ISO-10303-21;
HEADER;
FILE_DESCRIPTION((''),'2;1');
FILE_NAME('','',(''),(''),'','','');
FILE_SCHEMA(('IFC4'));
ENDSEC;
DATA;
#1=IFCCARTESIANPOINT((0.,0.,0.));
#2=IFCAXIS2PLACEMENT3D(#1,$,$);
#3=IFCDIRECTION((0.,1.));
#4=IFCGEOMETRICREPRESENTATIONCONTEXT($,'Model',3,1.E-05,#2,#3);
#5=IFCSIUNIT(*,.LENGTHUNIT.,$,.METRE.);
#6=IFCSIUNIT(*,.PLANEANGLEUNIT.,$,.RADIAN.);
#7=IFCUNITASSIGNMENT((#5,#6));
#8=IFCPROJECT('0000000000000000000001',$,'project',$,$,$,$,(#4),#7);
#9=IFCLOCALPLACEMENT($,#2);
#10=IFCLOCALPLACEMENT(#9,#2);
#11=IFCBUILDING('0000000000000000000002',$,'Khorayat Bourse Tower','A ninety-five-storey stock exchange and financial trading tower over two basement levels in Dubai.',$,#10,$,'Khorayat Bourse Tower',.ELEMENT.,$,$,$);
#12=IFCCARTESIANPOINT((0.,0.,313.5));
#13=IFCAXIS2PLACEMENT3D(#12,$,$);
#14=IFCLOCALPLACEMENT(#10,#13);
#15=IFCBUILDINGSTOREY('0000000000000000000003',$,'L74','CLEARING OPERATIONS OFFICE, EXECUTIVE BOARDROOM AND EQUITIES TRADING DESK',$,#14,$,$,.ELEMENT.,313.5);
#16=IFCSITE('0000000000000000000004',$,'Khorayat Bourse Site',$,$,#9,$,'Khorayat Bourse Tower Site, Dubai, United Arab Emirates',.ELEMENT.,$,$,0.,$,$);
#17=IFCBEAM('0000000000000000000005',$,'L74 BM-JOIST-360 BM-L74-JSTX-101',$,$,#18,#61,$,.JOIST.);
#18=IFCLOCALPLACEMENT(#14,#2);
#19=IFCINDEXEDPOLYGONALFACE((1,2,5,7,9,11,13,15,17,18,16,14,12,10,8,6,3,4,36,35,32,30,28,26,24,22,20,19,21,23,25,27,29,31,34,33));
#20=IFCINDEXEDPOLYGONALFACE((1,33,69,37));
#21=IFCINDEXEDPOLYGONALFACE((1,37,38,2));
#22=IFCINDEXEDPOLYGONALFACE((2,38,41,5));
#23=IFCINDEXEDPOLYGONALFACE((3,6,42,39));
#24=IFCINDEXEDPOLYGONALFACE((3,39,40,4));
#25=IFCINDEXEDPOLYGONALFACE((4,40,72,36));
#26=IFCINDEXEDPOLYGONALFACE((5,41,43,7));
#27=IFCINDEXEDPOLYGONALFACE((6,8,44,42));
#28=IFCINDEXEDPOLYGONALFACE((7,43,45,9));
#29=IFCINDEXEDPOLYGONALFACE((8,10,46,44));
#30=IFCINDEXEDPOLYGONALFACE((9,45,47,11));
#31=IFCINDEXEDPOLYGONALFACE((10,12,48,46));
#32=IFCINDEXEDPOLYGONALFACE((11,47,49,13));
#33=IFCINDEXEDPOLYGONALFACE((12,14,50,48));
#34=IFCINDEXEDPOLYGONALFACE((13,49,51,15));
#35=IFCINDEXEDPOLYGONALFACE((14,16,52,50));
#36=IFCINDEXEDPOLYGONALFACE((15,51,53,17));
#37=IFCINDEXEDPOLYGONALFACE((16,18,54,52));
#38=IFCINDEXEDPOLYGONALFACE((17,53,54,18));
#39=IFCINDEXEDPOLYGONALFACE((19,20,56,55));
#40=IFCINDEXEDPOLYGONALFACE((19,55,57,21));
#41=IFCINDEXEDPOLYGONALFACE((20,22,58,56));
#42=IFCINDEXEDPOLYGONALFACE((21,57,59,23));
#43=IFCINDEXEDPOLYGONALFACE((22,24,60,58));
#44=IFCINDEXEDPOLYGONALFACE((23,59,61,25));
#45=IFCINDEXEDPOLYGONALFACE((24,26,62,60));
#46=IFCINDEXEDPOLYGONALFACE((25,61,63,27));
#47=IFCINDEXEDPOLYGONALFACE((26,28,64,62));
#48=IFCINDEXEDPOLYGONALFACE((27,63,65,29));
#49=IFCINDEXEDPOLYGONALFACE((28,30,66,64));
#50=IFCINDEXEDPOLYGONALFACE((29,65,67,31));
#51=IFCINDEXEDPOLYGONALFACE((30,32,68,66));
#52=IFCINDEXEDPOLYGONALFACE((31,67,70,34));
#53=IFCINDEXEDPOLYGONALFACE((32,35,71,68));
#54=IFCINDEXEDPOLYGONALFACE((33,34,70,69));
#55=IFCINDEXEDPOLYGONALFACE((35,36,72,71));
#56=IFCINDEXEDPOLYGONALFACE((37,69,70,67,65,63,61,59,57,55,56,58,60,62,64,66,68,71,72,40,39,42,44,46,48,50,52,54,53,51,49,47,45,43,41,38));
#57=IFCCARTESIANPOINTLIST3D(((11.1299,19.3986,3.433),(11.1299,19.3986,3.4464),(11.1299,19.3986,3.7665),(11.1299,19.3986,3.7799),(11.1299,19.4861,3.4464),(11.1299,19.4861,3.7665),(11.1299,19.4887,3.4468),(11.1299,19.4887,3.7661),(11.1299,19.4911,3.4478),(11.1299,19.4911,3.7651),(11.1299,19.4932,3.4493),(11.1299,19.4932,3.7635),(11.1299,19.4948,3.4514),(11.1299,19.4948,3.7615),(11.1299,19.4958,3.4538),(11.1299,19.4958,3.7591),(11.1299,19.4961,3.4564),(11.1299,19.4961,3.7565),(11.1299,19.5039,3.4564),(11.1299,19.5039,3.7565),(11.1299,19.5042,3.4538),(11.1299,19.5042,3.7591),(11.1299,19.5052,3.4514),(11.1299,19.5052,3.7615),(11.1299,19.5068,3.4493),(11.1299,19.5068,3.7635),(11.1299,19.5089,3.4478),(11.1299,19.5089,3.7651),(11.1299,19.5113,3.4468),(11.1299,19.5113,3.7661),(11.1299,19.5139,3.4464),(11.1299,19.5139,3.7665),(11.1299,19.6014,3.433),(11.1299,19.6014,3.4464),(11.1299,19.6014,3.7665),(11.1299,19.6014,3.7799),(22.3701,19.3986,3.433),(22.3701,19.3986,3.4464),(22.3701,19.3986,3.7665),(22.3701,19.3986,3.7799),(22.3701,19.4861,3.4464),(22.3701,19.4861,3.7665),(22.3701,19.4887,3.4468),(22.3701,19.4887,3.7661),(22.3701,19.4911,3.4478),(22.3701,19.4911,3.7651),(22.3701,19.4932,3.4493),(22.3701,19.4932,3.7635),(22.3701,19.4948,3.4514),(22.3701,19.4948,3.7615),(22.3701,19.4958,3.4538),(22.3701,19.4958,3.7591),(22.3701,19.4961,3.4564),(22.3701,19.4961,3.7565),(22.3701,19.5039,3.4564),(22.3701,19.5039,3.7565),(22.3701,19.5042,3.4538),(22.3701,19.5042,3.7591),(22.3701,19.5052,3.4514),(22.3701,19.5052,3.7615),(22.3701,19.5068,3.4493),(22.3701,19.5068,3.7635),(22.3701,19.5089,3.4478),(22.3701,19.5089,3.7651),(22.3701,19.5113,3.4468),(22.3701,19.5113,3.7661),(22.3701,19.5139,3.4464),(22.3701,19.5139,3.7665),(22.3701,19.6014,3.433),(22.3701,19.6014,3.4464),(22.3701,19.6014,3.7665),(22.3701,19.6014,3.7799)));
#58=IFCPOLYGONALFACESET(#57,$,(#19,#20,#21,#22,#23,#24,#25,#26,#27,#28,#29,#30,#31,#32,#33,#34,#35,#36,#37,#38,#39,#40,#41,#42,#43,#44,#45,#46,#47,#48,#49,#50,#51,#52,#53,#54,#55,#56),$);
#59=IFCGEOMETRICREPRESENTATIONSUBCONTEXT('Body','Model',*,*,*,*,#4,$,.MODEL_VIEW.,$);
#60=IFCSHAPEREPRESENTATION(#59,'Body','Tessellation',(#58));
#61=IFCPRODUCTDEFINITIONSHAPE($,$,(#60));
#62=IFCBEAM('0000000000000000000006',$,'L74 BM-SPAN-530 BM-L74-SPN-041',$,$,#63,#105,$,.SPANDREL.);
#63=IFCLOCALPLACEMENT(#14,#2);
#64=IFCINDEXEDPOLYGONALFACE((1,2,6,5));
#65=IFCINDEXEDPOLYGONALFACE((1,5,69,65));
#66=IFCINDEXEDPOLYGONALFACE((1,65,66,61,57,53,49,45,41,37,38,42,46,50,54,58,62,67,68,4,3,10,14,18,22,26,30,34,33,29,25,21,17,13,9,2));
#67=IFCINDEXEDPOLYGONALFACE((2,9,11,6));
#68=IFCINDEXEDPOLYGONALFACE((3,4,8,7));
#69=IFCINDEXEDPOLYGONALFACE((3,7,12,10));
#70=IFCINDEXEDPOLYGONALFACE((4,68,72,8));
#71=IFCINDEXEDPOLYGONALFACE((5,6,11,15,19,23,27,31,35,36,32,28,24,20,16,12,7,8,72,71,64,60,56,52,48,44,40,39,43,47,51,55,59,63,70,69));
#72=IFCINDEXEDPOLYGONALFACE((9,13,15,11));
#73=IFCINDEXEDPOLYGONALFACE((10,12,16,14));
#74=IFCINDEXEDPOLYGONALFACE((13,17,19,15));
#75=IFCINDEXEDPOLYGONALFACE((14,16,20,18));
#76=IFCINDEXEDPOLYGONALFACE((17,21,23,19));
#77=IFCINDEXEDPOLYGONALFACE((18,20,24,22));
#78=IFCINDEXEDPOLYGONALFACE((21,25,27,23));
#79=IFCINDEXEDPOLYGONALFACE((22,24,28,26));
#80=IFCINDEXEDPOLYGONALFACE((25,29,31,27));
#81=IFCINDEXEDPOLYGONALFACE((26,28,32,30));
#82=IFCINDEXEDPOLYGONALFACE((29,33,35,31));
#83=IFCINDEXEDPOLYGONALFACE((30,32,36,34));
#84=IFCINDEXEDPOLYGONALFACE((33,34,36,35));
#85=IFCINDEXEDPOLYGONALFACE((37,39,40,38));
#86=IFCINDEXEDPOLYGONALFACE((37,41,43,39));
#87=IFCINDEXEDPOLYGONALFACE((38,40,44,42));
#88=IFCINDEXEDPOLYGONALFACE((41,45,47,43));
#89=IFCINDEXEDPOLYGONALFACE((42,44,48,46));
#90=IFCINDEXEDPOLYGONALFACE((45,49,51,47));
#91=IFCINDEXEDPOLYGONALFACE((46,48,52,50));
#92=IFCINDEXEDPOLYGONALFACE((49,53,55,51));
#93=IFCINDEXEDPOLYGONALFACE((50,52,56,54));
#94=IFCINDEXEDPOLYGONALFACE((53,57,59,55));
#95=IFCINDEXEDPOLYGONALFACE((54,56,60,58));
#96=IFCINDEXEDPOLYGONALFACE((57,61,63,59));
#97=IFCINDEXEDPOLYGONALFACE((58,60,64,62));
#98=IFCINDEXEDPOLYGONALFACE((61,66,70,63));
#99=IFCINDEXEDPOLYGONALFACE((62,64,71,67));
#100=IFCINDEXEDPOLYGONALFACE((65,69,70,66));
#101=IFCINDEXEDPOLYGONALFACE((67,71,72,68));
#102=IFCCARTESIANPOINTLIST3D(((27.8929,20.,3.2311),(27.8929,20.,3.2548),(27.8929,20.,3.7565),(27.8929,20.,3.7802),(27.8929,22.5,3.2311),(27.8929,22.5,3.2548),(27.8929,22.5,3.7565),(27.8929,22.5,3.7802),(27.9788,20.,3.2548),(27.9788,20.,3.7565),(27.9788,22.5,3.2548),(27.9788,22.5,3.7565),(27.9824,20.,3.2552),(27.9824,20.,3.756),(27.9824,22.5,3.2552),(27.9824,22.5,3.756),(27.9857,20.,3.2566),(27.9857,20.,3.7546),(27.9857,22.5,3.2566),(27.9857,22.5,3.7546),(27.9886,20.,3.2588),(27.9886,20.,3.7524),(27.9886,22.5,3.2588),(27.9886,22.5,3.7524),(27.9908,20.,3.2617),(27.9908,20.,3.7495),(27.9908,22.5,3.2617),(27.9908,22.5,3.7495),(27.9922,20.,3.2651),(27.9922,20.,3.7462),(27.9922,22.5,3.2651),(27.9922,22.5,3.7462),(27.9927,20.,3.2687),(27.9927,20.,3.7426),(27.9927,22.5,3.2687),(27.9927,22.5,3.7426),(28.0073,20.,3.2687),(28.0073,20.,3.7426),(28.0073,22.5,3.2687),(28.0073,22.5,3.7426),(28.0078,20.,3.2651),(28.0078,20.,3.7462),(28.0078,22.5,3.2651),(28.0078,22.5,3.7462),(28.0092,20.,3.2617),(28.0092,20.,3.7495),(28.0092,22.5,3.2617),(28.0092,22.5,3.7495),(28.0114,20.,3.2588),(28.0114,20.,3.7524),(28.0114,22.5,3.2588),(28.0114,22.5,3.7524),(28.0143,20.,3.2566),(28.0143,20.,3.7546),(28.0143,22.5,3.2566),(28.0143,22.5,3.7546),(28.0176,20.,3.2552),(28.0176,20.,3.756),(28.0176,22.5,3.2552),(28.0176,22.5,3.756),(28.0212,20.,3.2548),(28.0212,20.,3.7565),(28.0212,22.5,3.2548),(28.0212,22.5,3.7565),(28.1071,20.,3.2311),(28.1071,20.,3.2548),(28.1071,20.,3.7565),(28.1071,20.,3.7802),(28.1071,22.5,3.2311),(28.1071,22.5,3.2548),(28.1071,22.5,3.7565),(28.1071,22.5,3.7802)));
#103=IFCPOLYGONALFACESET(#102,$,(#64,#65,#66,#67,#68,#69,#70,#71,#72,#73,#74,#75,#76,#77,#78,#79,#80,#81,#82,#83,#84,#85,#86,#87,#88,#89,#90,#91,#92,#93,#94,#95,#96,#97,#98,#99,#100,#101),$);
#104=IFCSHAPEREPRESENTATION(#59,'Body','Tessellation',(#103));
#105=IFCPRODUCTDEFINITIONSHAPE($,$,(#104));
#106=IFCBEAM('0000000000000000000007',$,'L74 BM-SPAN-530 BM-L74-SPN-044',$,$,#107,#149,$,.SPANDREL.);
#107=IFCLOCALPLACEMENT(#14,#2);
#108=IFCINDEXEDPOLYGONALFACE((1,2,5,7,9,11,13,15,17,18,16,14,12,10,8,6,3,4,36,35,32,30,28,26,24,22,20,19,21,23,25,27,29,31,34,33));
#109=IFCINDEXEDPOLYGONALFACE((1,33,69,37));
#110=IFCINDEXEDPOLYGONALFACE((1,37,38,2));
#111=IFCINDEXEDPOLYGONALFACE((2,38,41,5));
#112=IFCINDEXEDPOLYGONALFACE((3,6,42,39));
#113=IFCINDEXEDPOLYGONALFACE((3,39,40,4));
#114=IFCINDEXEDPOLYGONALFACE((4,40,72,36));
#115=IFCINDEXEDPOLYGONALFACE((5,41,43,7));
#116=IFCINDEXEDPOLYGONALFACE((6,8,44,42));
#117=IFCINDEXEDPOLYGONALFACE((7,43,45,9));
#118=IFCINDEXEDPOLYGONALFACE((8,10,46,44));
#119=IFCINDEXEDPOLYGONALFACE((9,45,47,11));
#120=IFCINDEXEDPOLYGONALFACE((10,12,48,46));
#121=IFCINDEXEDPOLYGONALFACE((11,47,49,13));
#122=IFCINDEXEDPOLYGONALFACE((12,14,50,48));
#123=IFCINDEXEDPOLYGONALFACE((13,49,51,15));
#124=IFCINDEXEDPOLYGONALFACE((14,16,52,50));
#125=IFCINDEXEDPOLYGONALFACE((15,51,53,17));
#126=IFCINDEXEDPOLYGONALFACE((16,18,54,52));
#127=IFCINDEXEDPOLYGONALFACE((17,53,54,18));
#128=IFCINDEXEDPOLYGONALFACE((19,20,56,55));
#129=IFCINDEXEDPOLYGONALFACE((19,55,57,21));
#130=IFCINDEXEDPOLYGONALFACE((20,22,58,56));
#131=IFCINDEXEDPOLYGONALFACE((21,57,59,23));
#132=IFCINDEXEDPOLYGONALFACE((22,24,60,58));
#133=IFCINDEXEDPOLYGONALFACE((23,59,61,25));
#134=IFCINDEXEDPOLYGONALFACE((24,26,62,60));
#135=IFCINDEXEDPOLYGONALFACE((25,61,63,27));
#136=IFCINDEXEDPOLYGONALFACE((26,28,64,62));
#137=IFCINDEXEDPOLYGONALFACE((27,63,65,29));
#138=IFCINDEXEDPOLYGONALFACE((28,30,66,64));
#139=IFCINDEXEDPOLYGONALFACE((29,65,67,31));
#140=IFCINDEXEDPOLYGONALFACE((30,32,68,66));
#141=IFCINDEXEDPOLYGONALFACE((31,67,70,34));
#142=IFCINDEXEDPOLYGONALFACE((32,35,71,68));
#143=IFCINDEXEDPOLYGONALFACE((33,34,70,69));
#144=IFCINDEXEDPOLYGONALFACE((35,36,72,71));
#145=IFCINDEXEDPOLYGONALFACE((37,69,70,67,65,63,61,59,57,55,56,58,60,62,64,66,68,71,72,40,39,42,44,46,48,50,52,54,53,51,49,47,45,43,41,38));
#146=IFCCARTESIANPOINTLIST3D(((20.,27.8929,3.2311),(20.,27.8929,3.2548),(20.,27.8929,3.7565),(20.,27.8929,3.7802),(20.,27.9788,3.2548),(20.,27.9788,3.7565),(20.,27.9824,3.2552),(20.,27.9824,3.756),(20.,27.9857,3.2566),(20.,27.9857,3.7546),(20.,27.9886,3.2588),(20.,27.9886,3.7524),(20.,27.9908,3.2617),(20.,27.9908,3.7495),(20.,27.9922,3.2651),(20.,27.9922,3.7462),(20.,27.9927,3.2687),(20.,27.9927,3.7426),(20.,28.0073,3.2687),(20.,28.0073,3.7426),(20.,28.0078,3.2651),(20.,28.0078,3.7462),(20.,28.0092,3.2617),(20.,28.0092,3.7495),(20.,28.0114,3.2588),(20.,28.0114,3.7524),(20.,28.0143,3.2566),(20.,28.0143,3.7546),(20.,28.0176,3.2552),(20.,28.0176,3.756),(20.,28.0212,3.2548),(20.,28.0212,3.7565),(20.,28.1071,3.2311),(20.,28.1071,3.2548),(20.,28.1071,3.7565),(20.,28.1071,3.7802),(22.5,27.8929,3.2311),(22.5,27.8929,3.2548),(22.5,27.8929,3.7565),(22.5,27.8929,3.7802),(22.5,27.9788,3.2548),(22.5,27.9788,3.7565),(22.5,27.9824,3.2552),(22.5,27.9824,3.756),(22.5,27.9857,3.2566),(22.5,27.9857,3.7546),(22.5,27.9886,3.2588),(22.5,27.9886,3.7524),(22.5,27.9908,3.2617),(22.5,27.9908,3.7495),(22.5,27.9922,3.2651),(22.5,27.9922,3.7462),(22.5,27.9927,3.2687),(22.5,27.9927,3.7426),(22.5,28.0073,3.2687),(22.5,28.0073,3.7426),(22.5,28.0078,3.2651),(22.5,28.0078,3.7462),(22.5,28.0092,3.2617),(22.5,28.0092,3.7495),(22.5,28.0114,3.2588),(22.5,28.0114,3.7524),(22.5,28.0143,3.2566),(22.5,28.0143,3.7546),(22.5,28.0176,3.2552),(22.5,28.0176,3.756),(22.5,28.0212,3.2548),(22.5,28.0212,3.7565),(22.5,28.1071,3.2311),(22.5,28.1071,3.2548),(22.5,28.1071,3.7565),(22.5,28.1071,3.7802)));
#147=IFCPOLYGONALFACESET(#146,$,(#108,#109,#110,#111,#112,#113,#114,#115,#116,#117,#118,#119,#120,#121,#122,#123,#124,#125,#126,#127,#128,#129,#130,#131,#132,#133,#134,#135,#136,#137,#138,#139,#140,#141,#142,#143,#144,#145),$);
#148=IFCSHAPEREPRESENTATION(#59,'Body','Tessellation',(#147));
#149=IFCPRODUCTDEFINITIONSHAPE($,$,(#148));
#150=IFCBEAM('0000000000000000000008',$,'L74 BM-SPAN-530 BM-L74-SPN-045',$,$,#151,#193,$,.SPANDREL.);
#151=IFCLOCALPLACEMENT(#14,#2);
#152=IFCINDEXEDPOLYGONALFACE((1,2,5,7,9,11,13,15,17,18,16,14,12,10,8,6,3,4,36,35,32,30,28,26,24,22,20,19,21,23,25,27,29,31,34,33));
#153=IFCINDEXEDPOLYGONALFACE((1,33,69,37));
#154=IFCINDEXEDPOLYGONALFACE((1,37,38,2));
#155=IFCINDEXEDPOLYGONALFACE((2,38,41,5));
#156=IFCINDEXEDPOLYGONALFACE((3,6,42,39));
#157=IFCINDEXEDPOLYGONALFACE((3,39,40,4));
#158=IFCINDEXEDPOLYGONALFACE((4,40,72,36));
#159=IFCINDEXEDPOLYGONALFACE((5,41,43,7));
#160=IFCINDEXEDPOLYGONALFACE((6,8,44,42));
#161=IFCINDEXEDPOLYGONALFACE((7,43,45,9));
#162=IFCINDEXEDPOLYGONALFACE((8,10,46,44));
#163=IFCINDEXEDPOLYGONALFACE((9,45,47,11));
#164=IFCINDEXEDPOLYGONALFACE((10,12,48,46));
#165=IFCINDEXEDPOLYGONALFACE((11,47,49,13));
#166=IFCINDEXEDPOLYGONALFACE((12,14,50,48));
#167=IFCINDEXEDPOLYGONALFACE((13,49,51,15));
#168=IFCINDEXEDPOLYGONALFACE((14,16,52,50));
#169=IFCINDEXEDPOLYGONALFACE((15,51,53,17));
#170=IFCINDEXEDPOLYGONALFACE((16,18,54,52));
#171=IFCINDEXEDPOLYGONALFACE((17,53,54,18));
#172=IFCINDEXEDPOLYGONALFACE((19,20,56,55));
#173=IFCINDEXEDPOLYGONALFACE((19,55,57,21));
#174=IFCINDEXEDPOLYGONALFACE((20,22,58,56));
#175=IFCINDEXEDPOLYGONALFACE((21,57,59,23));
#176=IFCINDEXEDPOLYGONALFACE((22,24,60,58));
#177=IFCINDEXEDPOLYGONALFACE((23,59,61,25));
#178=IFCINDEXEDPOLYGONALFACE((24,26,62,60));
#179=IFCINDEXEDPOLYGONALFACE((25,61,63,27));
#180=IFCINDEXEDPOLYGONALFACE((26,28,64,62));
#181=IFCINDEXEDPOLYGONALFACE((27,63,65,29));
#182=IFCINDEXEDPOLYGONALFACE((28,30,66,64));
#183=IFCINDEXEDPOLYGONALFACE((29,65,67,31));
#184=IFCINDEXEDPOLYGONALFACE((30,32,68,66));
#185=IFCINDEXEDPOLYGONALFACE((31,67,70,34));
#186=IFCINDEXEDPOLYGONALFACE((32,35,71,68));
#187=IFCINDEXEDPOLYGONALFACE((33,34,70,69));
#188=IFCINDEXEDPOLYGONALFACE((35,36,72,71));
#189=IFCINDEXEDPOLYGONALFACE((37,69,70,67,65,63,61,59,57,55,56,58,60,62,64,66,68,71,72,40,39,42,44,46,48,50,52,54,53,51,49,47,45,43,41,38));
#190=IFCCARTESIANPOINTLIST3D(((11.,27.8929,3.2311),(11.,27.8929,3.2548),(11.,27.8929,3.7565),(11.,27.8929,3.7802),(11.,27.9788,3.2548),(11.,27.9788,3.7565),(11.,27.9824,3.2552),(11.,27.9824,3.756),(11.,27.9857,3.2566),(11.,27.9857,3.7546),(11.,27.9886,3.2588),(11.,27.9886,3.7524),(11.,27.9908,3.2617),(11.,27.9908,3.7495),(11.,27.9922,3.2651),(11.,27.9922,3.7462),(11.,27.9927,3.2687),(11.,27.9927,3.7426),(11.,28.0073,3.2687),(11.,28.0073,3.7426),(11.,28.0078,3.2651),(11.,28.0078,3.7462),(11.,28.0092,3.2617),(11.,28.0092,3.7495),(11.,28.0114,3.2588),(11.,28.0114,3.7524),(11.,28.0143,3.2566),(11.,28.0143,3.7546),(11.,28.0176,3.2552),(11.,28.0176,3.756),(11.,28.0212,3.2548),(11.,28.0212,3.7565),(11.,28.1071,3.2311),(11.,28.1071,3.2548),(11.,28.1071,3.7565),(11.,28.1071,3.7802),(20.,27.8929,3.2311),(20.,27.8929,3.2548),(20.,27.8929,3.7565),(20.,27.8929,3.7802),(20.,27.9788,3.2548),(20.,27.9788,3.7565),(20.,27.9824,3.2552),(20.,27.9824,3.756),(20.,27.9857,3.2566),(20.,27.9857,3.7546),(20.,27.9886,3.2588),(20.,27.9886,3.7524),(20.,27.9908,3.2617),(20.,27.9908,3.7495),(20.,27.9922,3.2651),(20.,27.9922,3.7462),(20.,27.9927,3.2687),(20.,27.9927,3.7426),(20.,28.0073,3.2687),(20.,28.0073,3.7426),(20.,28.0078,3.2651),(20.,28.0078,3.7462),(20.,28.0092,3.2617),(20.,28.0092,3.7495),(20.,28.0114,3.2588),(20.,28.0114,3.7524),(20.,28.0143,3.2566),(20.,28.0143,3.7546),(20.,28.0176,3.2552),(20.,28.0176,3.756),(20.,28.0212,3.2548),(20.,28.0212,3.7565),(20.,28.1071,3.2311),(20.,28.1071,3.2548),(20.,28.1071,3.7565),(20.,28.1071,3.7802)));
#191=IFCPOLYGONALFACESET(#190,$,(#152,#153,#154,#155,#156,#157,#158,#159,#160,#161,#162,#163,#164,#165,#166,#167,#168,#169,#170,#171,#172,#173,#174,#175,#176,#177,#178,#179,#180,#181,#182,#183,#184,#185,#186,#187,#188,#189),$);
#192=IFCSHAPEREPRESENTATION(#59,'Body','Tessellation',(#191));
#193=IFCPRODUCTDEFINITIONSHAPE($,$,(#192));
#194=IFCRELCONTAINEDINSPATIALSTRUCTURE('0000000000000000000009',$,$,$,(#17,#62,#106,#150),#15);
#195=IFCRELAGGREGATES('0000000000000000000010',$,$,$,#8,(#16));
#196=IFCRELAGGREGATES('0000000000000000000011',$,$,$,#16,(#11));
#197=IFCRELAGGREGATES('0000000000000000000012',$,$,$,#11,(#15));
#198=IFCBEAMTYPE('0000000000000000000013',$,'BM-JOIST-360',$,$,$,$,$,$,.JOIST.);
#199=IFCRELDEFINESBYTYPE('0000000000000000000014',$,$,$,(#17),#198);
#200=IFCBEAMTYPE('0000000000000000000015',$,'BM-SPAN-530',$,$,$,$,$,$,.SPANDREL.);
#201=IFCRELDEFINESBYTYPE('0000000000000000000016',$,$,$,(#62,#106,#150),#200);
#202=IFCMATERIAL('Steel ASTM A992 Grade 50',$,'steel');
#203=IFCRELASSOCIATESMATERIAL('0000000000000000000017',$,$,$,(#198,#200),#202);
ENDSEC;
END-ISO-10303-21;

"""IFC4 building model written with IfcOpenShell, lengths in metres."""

from ifc_helpers import new_model, si_unit, direction, frame, origin, origin_2d, place, context, subcontext, project, spatial, i_section, extrude, source, transform, mapped, material, material_profile, profile_set, type_object, element, save


model = new_model("IFC4")

# Units and contexts
model_context = context("Model", 3, precision=1e-05, world=origin(), true_north=direction((0.0, 1.0)))
body_context = subcontext(model_context, "Body", "Model", "MODEL_VIEW")
ifc_project = project(units=[si_unit("LENGTHUNIT", "METRE"), si_unit("PLANEANGLEUNIT", "RADIAN")], contexts=[model_context])

# Site, building, storey
site_placement = place(None, origin())
site = spatial("IfcSite", under=ifc_project, at=site_placement, Name="Khorayat Bourse Site", LongName="Khorayat Bourse Tower Site, Dubai, United Arab Emirates", CompositionType="ELEMENT", RefElevation=0.0)
building_placement = place(site_placement, origin())
building = spatial("IfcBuilding", under=site, at=building_placement, Name="Khorayat Bourse Tower", Description="A ninety-five-storey stock exchange and financial trading tower over two basement levels in Dubai.", LongName="Khorayat Bourse Tower", CompositionType="ELEMENT")
storey_placement = place(building_placement, frame((0.0, 0.0, 313.5)))
storey = spatial("IfcBuildingStorey", under=building, at=storey_placement, Name="L74", Description="CLEARING OPERATIONS OFFICE, EXECUTIVE BOARDROOM AND EQUITIES TRADING DESK", CompositionType="ELEMENT", Elevation=313.5)

# Beams
ifc_material_1 = material(Name="Steel ASTM A992 Grade 50", Category="steel")
ifc_material_profile_1 = material_profile(ifc_material_1, i_section(OverallWidth=0.2029, OverallDepth=0.3469, WebThickness=0.0078, FlangeThickness=0.0134, FilletRadius=0.01, at=origin_2d()), Name="W360X64")
ifc_profile_set_1 = profile_set([ifc_material_profile_1], Name="Steel ASTM A992 Grade 50")
beam_type_1 = type_object("IfcBeamType", Name="BM-JOIST-360", PredefinedType="JOIST", material=ifc_profile_set_1)
shared_shape_1 = source(origin(), body_context, "Body", "SweptSolid", [
    extrude(i_section(OverallWidth=0.2029, OverallDepth=0.3469, WebThickness=0.0078, FlangeThickness=0.0134, FilletRadius=0.01, at=origin_2d()), origin(), (0.0, 0.0, 1.0), 11.2402),
])
beam_1_placement = place(storey_placement, frame((11.1299, 19.5, 3.6064), z_axis=(1.0, 0.0, 0.0), x_axis=(0.0, 1.0, 0.0)))
element("IfcBeam", 1, at=beam_1_placement, inside=storey, type_object=beam_type_1, Name="L74 BM-JOIST-360 BM-L74-JSTX-101", PredefinedType="JOIST", context=body_context, shape_type="MappedRepresentation", body=[
    mapped(shared_shape_1, transform((0.0, 0.0, 0.0), scale=1.0)),
])
ifc_material_profile_2 = material_profile(ifc_material_1, i_section(OverallWidth=0.2141, OverallDepth=0.5491, WebThickness=0.0146, FlangeThickness=0.0237, FilletRadius=0.0139, at=origin_2d()), Name="W530X138")
ifc_profile_set_2 = profile_set([ifc_material_profile_2], Name="Steel ASTM A992 Grade 50")
beam_type_2 = type_object("IfcBeamType", Name="BM-SPAN-530", PredefinedType="SPANDREL", material=ifc_profile_set_2)
shared_shape_2 = source(origin(), body_context, "Body", "SweptSolid", [
    extrude(i_section(OverallWidth=0.2141, OverallDepth=0.5491, WebThickness=0.0146, FlangeThickness=0.0237, FilletRadius=0.0139, at=origin_2d()), origin(), (0.0, 0.0, 1.0), 2.5),
])
for number, where, z_axis, x_axis, name in (
    (2, (28.0, 20.0, 3.5056), (0.0, 1.0, 0.0), (-1.0, 0.0, 0.0), "L74 BM-SPAN-530 BM-L74-SPN-041"),
    (3, (20.0, 28.0, 3.5056), (1.0, 0.0, 0.0), (0.0, 1.0, 0.0), "L74 BM-SPAN-530 BM-L74-SPN-044"),
):
    element("IfcBeam", number, at=place(storey_placement, frame(where, z_axis=z_axis, x_axis=x_axis)), inside=storey, type_object=beam_type_2, Name=name, PredefinedType="SPANDREL", context=body_context, shape_type="MappedRepresentation", body=[
        mapped(shared_shape_2, transform((0.0, 0.0, 0.0), scale=1.0)),
    ])
shared_shape_3 = source(origin(), body_context, "Body", "SweptSolid", [
    extrude(i_section(OverallWidth=0.2141, OverallDepth=0.5491, WebThickness=0.0146, FlangeThickness=0.0237, FilletRadius=0.0139, at=origin_2d()), origin(), (0.0, 0.0, 1.0), 9.0),
])
beam_2_placement = place(storey_placement, frame((11.0, 28.0, 3.5056), z_axis=(1.0, 0.0, 0.0), x_axis=(0.0, 1.0, 0.0)))
element("IfcBeam", 4, at=beam_2_placement, inside=storey, type_object=beam_type_2, Name="L74 BM-SPAN-530 BM-L74-SPN-045", PredefinedType="SPANDREL", context=body_context, shape_type="MappedRepresentation", body=[
    mapped(shared_shape_3, transform((0.0, 0.0, 0.0), scale=1.0)),
])

save(model, "model.ifc")
